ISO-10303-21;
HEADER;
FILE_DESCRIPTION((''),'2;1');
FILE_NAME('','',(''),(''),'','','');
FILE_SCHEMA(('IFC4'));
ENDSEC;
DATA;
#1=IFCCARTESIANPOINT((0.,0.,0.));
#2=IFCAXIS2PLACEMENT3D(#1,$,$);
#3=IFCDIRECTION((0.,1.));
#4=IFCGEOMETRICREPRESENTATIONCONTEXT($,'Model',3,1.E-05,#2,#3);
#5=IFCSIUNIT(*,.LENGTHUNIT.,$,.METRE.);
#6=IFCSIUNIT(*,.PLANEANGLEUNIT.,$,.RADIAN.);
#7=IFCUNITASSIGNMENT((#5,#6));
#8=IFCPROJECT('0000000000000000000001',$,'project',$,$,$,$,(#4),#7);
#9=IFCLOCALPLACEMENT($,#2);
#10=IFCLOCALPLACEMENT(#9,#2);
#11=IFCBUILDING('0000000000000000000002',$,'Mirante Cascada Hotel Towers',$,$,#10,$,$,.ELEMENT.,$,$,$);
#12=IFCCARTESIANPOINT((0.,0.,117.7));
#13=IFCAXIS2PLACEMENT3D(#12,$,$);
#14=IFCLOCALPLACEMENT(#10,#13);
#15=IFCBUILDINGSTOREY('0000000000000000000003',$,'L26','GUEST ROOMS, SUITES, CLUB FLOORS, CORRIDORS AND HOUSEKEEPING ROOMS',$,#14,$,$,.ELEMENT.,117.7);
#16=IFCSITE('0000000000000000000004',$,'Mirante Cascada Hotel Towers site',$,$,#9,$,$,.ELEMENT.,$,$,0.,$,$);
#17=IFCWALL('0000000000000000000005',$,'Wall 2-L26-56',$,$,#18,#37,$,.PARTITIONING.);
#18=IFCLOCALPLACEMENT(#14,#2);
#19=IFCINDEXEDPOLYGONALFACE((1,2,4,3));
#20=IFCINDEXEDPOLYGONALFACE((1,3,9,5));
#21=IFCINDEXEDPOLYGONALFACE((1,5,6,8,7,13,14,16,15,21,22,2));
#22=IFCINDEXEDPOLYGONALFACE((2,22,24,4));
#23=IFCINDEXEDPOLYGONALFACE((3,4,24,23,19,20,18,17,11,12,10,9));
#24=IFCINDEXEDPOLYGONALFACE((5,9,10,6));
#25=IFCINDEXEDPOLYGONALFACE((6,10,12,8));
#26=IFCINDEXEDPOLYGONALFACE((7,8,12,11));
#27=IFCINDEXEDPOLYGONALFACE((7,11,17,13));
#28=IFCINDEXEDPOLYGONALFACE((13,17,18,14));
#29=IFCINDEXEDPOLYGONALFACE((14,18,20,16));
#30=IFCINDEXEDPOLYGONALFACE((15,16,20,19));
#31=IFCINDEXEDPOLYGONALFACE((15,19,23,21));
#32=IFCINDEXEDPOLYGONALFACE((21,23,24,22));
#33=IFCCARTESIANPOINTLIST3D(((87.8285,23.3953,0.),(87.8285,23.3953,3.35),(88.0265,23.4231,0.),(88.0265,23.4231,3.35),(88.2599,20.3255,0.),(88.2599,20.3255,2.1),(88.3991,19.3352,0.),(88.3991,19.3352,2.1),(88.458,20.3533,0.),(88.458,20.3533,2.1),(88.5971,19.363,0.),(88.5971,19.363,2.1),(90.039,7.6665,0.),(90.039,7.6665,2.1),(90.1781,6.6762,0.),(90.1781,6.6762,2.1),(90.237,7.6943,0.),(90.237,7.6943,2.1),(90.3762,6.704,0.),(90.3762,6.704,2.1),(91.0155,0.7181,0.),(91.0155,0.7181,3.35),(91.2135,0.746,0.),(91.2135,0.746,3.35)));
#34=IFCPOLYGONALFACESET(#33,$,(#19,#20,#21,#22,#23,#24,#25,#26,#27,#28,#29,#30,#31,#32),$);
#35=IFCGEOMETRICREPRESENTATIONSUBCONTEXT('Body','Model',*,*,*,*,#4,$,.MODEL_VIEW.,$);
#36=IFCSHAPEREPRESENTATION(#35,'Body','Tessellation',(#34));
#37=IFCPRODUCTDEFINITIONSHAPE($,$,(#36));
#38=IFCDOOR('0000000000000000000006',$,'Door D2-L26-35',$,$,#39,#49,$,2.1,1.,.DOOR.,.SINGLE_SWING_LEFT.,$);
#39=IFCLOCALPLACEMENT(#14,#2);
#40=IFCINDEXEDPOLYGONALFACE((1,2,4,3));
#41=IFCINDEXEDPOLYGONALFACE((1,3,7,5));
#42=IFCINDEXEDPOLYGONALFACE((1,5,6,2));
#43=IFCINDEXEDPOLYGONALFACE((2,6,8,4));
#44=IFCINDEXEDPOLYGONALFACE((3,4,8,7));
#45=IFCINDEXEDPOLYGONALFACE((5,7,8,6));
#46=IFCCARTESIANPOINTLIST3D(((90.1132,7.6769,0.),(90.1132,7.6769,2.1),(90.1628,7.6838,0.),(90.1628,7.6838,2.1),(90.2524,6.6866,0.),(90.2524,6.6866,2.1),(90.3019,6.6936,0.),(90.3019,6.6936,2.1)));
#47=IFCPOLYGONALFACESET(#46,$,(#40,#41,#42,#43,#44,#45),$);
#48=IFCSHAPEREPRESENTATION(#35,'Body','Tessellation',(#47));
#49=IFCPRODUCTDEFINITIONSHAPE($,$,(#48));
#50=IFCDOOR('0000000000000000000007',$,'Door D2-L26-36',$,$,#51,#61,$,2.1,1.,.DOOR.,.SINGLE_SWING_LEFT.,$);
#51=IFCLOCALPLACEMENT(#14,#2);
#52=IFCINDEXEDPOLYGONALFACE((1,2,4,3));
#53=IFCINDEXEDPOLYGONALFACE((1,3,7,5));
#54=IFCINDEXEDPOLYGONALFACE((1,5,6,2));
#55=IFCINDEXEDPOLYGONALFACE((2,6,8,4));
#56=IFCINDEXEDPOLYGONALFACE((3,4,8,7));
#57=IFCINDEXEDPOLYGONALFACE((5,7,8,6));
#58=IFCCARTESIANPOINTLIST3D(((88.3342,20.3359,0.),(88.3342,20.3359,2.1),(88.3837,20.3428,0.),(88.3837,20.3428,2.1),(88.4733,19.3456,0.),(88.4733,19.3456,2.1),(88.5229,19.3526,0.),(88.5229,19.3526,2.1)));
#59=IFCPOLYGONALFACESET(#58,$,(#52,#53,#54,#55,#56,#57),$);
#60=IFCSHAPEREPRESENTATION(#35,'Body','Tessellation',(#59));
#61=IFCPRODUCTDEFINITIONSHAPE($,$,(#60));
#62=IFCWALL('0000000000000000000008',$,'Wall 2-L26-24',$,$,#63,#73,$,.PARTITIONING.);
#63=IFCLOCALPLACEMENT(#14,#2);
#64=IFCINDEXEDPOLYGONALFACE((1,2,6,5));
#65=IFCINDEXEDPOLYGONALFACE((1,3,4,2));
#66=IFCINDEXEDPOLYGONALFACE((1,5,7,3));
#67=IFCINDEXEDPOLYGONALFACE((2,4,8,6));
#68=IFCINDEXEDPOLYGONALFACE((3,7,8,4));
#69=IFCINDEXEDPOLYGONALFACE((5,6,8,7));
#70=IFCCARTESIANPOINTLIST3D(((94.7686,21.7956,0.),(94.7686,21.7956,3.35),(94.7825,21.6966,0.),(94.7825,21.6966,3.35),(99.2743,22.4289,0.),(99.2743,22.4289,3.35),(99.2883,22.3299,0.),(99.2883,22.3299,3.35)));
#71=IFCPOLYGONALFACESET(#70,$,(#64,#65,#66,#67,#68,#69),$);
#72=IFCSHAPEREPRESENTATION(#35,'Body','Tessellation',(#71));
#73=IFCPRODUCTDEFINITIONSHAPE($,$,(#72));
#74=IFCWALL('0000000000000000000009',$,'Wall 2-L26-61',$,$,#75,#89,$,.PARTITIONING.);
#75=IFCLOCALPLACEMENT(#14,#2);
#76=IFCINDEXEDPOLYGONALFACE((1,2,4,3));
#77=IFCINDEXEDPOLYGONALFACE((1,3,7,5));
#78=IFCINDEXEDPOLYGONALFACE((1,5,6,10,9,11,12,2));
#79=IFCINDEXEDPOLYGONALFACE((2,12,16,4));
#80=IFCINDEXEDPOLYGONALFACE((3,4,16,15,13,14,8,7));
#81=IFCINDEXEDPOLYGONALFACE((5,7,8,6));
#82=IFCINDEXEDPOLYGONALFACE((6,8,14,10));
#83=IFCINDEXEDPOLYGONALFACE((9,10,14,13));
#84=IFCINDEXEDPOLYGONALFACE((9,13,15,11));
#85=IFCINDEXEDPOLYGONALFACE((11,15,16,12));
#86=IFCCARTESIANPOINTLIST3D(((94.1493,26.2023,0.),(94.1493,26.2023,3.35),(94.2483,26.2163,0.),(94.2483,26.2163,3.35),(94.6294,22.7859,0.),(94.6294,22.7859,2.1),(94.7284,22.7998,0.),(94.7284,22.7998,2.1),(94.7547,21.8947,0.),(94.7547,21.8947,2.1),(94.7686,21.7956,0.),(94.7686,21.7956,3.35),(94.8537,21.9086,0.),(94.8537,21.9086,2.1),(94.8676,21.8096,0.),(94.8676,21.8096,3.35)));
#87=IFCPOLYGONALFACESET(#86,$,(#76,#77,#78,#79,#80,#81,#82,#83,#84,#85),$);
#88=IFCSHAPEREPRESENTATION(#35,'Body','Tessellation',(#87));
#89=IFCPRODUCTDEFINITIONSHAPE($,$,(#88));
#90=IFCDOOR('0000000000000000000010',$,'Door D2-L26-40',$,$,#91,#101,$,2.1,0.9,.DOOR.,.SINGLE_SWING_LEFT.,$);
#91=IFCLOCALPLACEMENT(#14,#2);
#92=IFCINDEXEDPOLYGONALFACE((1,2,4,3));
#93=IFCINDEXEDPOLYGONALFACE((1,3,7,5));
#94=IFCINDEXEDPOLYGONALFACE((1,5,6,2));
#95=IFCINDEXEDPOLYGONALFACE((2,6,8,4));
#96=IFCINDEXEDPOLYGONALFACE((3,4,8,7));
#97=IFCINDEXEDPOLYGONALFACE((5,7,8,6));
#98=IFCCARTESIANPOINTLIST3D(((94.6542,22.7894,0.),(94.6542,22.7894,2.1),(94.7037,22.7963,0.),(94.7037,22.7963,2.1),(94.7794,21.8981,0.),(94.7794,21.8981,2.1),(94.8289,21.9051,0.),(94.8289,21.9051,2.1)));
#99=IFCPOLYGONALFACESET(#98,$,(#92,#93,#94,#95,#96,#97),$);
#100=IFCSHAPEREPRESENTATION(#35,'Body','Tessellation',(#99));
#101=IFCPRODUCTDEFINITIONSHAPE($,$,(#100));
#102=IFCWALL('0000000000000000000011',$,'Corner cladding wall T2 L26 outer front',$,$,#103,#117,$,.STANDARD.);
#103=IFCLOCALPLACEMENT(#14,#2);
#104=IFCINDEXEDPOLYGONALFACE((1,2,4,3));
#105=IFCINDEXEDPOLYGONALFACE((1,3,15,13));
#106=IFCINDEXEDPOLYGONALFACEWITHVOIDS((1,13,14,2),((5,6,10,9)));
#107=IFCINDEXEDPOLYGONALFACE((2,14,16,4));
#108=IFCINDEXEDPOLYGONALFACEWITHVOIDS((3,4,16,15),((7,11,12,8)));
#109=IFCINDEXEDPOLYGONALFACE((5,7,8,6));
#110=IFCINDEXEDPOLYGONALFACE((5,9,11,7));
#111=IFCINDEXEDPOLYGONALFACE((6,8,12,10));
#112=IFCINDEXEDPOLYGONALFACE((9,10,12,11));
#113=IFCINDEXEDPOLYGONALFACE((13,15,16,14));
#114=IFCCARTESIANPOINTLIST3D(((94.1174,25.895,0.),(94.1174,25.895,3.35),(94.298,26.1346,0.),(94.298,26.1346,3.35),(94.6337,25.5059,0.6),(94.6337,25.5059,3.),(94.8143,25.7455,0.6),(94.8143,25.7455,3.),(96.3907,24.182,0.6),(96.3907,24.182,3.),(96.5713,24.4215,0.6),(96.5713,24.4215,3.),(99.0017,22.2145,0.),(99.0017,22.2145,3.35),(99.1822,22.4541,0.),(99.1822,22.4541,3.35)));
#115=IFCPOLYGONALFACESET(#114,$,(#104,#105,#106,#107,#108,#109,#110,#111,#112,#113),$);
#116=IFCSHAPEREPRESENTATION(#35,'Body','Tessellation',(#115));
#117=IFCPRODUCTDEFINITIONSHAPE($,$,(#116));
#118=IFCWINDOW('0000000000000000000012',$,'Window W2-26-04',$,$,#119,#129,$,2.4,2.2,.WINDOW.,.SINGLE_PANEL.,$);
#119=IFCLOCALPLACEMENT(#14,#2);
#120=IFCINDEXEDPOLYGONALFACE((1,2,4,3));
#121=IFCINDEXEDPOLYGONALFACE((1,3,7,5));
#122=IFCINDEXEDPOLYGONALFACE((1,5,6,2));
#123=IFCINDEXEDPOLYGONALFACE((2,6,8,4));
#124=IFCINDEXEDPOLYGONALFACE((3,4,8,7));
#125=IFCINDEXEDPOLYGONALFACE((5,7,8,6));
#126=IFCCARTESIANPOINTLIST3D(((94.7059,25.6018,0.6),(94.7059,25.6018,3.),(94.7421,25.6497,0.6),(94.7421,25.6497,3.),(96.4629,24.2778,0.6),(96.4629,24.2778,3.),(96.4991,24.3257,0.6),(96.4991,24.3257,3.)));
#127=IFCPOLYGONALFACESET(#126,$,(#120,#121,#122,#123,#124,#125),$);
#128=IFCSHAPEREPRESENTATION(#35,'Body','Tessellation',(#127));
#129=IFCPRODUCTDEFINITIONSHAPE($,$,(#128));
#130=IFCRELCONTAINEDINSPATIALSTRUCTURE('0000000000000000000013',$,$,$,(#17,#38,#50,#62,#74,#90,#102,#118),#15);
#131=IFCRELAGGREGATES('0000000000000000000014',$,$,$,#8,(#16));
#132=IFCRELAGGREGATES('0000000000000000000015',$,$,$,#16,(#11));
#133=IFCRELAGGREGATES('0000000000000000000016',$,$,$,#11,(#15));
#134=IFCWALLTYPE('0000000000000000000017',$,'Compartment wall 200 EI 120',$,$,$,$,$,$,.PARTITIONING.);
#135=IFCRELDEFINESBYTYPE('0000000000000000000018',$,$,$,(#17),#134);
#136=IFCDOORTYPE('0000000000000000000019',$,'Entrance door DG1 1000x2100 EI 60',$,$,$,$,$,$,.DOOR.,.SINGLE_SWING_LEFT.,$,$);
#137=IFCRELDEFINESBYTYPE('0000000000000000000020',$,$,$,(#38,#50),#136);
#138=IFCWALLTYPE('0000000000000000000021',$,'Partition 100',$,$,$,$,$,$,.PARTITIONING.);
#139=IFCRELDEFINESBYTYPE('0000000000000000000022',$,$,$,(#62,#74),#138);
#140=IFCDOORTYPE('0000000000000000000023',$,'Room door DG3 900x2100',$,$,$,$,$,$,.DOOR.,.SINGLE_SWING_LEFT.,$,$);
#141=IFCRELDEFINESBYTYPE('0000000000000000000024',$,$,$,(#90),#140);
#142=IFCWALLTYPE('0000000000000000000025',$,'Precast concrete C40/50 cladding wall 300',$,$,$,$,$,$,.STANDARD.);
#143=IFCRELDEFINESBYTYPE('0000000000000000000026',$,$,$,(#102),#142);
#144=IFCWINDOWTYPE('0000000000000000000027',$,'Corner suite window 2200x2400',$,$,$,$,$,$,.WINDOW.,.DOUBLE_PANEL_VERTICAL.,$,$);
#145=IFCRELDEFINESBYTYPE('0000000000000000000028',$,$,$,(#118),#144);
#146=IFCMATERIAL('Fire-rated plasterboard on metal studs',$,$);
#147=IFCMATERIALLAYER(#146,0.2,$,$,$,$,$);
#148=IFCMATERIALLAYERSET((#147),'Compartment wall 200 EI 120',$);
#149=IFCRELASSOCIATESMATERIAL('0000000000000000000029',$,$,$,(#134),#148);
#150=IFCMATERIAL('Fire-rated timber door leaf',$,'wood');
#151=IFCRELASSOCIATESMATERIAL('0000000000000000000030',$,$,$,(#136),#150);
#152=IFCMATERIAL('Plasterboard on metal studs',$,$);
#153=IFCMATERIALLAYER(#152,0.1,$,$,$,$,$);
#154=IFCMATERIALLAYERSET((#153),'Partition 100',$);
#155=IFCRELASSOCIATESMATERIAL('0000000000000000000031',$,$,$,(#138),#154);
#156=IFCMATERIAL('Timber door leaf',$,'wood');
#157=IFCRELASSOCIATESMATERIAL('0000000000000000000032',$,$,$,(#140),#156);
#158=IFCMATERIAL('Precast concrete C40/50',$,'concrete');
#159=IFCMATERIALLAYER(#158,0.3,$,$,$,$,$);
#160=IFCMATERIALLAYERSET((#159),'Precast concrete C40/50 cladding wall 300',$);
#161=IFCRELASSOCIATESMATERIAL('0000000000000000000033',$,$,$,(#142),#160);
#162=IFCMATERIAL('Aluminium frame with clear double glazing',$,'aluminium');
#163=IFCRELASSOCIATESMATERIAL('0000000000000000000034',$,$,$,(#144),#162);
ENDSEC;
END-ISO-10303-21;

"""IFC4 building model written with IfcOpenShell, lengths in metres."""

from ifc_helpers import new_model, si_unit, direction, frame, frame_2d, origin, place, context, subcontext, project, spatial, rectangle, extrude, material, layer, layer_set, type_object, element, fill, save


model = new_model("IFC4")

# Units and contexts
model_context = context("Model", 3, precision=1e-05, world=origin(), true_north=direction((0.0, 1.0)))
body_context = subcontext(model_context, "Body", "Model", "MODEL_VIEW")
ifc_project = project(units=[si_unit("LENGTHUNIT", "METRE"), si_unit("PLANEANGLEUNIT", "RADIAN")], contexts=[model_context])

# Site, building, storey
site_placement = place(None, origin())
site = spatial("IfcSite", under=ifc_project, at=site_placement, Name="Mirante Cascada Hotel Towers site", CompositionType="ELEMENT", RefElevation=0.0)
building_placement = place(site_placement, origin())
building = spatial("IfcBuilding", under=site, at=building_placement, Name="Mirante Cascada Hotel Towers", CompositionType="ELEMENT")
storey_placement = place(building_placement, frame((0.0, 0.0, 117.7)))
storey = spatial("IfcBuildingStorey", under=building, at=storey_placement, Name="L26", Description="GUEST ROOMS, SUITES, CLUB FLOORS, CORRIDORS AND HOUSEKEEPING ROOMS", CompositionType="ELEMENT", Elevation=117.7)

# Shared definitions
ifc_material_1 = material(Name="Fire-rated plasterboard on metal studs")
ifc_layer_1 = layer(ifc_material_1, 0.2)
ifc_layer_set_1 = layer_set([ifc_layer_1], Name="Compartment wall 200 EI 120")
wall_type_1 = type_object("IfcWallType", Name="Compartment wall 200 EI 120", PredefinedType="PARTITIONING", material=ifc_layer_set_1)

# Wall, openings, doors
wall_1_placement = place(storey_placement, frame((87.9275, 23.4092, 0.0), z_axis=(0.0, 0.0, 1.0), x_axis=(0.139171, -0.990268, 0.0)))
wall_1 = element("IfcWall", 1, at=wall_1_placement, inside=storey, type_object=wall_type_1, Name="Wall 2-L26-56", PredefinedType="PARTITIONING", context=body_context, shape_type="SweptSolid", body=[
    extrude(rectangle(XDim=22.9, YDim=0.2, at=frame_2d((11.45, 0.0))), origin(), (0.0, 0.0, 1.0), 3.35),
])
opening_1_placement = place(wall_1_placement, frame((15.8834, 0.0, 0.0)))
opening_1 = element("IfcOpeningElement", 2, at=opening_1_placement, cuts=wall_1, PredefinedType="OPENING", context=body_context, shape_type="SweptSolid", body=[
    extrude(rectangle(XDim=1.0, YDim=2.1, at=frame_2d((0.5, 1.05))), frame((0.0, 0.1, 0.0), z_axis=(0.0, -1.0, 0.0), x_axis=(1.0, 0.0, 0.0)), (0.0, 0.0, 1.0), 0.2),
])
opening_2_placement = place(wall_1_placement, frame((3.1, 0.0, 0.0)))
opening_2 = element("IfcOpeningElement", 3, at=opening_2_placement, cuts=wall_1, PredefinedType="OPENING", context=body_context, shape_type="SweptSolid", body=[
    extrude(rectangle(XDim=1.0, YDim=2.1, at=frame_2d((0.5, 1.05))), frame((0.0, 0.1, 0.0), z_axis=(0.0, -1.0, 0.0), x_axis=(1.0, 0.0, 0.0)), (0.0, 0.0, 1.0), 0.2),
])
ifc_material_2 = material(Name="Fire-rated timber door leaf", Category="wood")
door_type_1 = type_object("IfcDoorType", Name="Entrance door DG1 1000x2100 EI 60", OperationType="SINGLE_SWING_LEFT", PredefinedType="DOOR", material=ifc_material_2)
door_1_placement = place(opening_1_placement, origin())
door_1 = element("IfcDoor", 4, at=door_1_placement, inside=storey, type_object=door_type_1, Name="Door D2-L26-35", OperationType="SINGLE_SWING_LEFT", OverallHeight=2.1, OverallWidth=1.0, PredefinedType="DOOR", context=body_context, shape_type="SweptSolid", body=[
    extrude(rectangle(XDim=1.0, YDim=2.1, at=frame_2d((0.5, 1.05))), frame((0.0, 0.025, 0.0), z_axis=(0.0, -1.0, 0.0), x_axis=(1.0, 0.0, 0.0)), (0.0, 0.0, 1.0), 0.05),
])
fill(opening_1, door_1)
door_2_placement = place(opening_2_placement, origin())
door_2 = element("IfcDoor", 5, at=door_2_placement, inside=storey, type_object=door_type_1, Name="Door D2-L26-36", OperationType="SINGLE_SWING_LEFT", OverallHeight=2.1, OverallWidth=1.0, PredefinedType="DOOR", context=body_context, shape_type="SweptSolid", body=[
    extrude(rectangle(XDim=1.0, YDim=2.1, at=frame_2d((0.5, 1.05))), frame((0.0, 0.025, 0.0), z_axis=(0.0, -1.0, 0.0), x_axis=(1.0, 0.0, 0.0)), (0.0, 0.0, 1.0), 0.05),
])
fill(opening_2, door_2)

# Wall
ifc_material_3 = material(Name="Plasterboard on metal studs")
ifc_layer_2 = layer(ifc_material_3, 0.1)
ifc_layer_set_2 = layer_set([ifc_layer_2], Name="Partition 100")
wall_type_2 = type_object("IfcWallType", Name="Partition 100", PredefinedType="PARTITIONING", material=ifc_layer_set_2)
wall_2_placement = place(storey_placement, frame((99.2813, 22.3794, 0.0), z_axis=(0.0, 0.0, 1.0), x_axis=(-0.990266, -0.139187, 0.0)))
element("IfcWall", 6, at=wall_2_placement, inside=storey, type_object=wall_type_2, Name="Wall 2-L26-24", PredefinedType="PARTITIONING", context=body_context, shape_type="SweptSolid", body=[
    extrude(rectangle(XDim=4.55, YDim=0.1, at=frame_2d((2.275, 0.0))), origin(), (0.0, 0.0, 1.0), 3.35),
])

# Wall, opening, door
wall_3_placement = place(storey_placement, frame((94.8181, 21.8026, 0.0), z_axis=(0.0, 0.0, 1.0), x_axis=(-0.139168, 0.990269, 0.0)))
wall_3 = element("IfcWall", 7, at=wall_3_placement, inside=storey, type_object=wall_type_2, Name="Wall 2-L26-61", PredefinedType="PARTITIONING", context=body_context, shape_type="SweptSolid", body=[
    extrude(rectangle(XDim=4.45, YDim=0.1, at=frame_2d((2.225, 0.0))), origin(), (0.0, 0.0, 1.0), 3.35),
])
opening_3_placement = place(wall_3_placement, frame((0.1, 0.0, 0.0)))
opening_3 = element("IfcOpeningElement", 8, at=opening_3_placement, cuts=wall_3, PredefinedType="OPENING", context=body_context, shape_type="SweptSolid", body=[
    extrude(rectangle(XDim=0.9, YDim=2.1, at=frame_2d((0.45, 1.05))), frame((0.0, 0.05, 0.0), z_axis=(0.0, -1.0, 0.0), x_axis=(1.0, 0.0, 0.0)), (0.0, 0.0, 1.0), 0.1),
])
ifc_material_4 = material(Name="Timber door leaf", Category="wood")
door_type_2 = type_object("IfcDoorType", Name="Room door DG3 900x2100", OperationType="SINGLE_SWING_LEFT", PredefinedType="DOOR", material=ifc_material_4)
door_3_placement = place(opening_3_placement, origin())
door_3 = element("IfcDoor", 9, at=door_3_placement, inside=storey, type_object=door_type_2, Name="Door D2-L26-40", OperationType="SINGLE_SWING_LEFT", OverallHeight=2.1, OverallWidth=0.9, PredefinedType="DOOR", context=body_context, shape_type="SweptSolid", body=[
    extrude(rectangle(XDim=0.9, YDim=2.1, at=frame_2d((0.45, 1.05))), frame((0.0, 0.025, 0.0), z_axis=(0.0, -1.0, 0.0), x_axis=(1.0, 0.0, 0.0)), (0.0, 0.0, 1.0), 0.05),
])
fill(opening_3, door_3)

# Wall, opening, window
ifc_material_5 = material(Name="Precast concrete C40/50", Category="concrete")
ifc_layer_3 = layer(ifc_material_5, 0.3)
ifc_layer_set_3 = layer_set([ifc_layer_3], Name="Precast concrete C40/50 cladding wall 300")
wall_type_3 = type_object("IfcWallType", Name="Precast concrete C40/50 cladding wall 300", PredefinedType="STANDARD", material=ifc_layer_set_3)
wall_4_placement = place(storey_placement, frame((99.0919, 22.3343, 0.0), z_axis=(0.0, 0.0, 1.0), x_axis=(-0.798636, 0.601814, 0.0)))
wall_4 = element("IfcWall", 10, at=wall_4_placement, inside=storey, type_object=wall_type_3, Name="Corner cladding wall T2 L26 outer front", PredefinedType="STANDARD", context=body_context, shape_type="SweptSolid", body=[
    extrude(rectangle(XDim=6.1157, YDim=0.3, at=frame_2d((3.0578, 0.0))), origin(), (0.0, 0.0, 1.0), 3.35),
])
opening_4_placement = place(wall_4_placement, frame((3.2692, 0.0, 0.6)))
opening_4 = element("IfcOpeningElement", 11, at=opening_4_placement, cuts=wall_4, PredefinedType="OPENING", context=body_context, shape_type="SweptSolid", body=[
    extrude(rectangle(XDim=2.2, YDim=2.4, at=frame_2d((1.1, 1.2))), frame((0.0, 0.15, 0.0), z_axis=(0.0, -1.0, 0.0), x_axis=(1.0, 0.0, 0.0)), (0.0, 0.0, 1.0), 0.3),
])
ifc_material_6 = material(Name="Aluminium frame with clear double glazing", Category="aluminium")
window_type = type_object("IfcWindowType", Name="Corner suite window 2200x2400", PartitioningType="DOUBLE_PANEL_VERTICAL", PredefinedType="WINDOW", material=ifc_material_6)
window_placement = place(opening_4_placement, origin())
window = element("IfcWindow", 12, at=window_placement, inside=storey, type_object=window_type, Name="Window W2-26-04", OverallHeight=2.4, OverallWidth=2.2, PartitioningType="SINGLE_PANEL", PredefinedType="WINDOW", context=body_context, shape_type="SweptSolid", body=[
    extrude(rectangle(XDim=2.2, YDim=2.4, at=frame_2d((1.1, 1.2))), frame((0.0, 0.03, 0.0), z_axis=(0.0, -1.0, 0.0), x_axis=(1.0, 0.0, 0.0)), (0.0, 0.0, 1.0), 0.06),
])
fill(opening_4, window)

save(model, "model.ifc")
